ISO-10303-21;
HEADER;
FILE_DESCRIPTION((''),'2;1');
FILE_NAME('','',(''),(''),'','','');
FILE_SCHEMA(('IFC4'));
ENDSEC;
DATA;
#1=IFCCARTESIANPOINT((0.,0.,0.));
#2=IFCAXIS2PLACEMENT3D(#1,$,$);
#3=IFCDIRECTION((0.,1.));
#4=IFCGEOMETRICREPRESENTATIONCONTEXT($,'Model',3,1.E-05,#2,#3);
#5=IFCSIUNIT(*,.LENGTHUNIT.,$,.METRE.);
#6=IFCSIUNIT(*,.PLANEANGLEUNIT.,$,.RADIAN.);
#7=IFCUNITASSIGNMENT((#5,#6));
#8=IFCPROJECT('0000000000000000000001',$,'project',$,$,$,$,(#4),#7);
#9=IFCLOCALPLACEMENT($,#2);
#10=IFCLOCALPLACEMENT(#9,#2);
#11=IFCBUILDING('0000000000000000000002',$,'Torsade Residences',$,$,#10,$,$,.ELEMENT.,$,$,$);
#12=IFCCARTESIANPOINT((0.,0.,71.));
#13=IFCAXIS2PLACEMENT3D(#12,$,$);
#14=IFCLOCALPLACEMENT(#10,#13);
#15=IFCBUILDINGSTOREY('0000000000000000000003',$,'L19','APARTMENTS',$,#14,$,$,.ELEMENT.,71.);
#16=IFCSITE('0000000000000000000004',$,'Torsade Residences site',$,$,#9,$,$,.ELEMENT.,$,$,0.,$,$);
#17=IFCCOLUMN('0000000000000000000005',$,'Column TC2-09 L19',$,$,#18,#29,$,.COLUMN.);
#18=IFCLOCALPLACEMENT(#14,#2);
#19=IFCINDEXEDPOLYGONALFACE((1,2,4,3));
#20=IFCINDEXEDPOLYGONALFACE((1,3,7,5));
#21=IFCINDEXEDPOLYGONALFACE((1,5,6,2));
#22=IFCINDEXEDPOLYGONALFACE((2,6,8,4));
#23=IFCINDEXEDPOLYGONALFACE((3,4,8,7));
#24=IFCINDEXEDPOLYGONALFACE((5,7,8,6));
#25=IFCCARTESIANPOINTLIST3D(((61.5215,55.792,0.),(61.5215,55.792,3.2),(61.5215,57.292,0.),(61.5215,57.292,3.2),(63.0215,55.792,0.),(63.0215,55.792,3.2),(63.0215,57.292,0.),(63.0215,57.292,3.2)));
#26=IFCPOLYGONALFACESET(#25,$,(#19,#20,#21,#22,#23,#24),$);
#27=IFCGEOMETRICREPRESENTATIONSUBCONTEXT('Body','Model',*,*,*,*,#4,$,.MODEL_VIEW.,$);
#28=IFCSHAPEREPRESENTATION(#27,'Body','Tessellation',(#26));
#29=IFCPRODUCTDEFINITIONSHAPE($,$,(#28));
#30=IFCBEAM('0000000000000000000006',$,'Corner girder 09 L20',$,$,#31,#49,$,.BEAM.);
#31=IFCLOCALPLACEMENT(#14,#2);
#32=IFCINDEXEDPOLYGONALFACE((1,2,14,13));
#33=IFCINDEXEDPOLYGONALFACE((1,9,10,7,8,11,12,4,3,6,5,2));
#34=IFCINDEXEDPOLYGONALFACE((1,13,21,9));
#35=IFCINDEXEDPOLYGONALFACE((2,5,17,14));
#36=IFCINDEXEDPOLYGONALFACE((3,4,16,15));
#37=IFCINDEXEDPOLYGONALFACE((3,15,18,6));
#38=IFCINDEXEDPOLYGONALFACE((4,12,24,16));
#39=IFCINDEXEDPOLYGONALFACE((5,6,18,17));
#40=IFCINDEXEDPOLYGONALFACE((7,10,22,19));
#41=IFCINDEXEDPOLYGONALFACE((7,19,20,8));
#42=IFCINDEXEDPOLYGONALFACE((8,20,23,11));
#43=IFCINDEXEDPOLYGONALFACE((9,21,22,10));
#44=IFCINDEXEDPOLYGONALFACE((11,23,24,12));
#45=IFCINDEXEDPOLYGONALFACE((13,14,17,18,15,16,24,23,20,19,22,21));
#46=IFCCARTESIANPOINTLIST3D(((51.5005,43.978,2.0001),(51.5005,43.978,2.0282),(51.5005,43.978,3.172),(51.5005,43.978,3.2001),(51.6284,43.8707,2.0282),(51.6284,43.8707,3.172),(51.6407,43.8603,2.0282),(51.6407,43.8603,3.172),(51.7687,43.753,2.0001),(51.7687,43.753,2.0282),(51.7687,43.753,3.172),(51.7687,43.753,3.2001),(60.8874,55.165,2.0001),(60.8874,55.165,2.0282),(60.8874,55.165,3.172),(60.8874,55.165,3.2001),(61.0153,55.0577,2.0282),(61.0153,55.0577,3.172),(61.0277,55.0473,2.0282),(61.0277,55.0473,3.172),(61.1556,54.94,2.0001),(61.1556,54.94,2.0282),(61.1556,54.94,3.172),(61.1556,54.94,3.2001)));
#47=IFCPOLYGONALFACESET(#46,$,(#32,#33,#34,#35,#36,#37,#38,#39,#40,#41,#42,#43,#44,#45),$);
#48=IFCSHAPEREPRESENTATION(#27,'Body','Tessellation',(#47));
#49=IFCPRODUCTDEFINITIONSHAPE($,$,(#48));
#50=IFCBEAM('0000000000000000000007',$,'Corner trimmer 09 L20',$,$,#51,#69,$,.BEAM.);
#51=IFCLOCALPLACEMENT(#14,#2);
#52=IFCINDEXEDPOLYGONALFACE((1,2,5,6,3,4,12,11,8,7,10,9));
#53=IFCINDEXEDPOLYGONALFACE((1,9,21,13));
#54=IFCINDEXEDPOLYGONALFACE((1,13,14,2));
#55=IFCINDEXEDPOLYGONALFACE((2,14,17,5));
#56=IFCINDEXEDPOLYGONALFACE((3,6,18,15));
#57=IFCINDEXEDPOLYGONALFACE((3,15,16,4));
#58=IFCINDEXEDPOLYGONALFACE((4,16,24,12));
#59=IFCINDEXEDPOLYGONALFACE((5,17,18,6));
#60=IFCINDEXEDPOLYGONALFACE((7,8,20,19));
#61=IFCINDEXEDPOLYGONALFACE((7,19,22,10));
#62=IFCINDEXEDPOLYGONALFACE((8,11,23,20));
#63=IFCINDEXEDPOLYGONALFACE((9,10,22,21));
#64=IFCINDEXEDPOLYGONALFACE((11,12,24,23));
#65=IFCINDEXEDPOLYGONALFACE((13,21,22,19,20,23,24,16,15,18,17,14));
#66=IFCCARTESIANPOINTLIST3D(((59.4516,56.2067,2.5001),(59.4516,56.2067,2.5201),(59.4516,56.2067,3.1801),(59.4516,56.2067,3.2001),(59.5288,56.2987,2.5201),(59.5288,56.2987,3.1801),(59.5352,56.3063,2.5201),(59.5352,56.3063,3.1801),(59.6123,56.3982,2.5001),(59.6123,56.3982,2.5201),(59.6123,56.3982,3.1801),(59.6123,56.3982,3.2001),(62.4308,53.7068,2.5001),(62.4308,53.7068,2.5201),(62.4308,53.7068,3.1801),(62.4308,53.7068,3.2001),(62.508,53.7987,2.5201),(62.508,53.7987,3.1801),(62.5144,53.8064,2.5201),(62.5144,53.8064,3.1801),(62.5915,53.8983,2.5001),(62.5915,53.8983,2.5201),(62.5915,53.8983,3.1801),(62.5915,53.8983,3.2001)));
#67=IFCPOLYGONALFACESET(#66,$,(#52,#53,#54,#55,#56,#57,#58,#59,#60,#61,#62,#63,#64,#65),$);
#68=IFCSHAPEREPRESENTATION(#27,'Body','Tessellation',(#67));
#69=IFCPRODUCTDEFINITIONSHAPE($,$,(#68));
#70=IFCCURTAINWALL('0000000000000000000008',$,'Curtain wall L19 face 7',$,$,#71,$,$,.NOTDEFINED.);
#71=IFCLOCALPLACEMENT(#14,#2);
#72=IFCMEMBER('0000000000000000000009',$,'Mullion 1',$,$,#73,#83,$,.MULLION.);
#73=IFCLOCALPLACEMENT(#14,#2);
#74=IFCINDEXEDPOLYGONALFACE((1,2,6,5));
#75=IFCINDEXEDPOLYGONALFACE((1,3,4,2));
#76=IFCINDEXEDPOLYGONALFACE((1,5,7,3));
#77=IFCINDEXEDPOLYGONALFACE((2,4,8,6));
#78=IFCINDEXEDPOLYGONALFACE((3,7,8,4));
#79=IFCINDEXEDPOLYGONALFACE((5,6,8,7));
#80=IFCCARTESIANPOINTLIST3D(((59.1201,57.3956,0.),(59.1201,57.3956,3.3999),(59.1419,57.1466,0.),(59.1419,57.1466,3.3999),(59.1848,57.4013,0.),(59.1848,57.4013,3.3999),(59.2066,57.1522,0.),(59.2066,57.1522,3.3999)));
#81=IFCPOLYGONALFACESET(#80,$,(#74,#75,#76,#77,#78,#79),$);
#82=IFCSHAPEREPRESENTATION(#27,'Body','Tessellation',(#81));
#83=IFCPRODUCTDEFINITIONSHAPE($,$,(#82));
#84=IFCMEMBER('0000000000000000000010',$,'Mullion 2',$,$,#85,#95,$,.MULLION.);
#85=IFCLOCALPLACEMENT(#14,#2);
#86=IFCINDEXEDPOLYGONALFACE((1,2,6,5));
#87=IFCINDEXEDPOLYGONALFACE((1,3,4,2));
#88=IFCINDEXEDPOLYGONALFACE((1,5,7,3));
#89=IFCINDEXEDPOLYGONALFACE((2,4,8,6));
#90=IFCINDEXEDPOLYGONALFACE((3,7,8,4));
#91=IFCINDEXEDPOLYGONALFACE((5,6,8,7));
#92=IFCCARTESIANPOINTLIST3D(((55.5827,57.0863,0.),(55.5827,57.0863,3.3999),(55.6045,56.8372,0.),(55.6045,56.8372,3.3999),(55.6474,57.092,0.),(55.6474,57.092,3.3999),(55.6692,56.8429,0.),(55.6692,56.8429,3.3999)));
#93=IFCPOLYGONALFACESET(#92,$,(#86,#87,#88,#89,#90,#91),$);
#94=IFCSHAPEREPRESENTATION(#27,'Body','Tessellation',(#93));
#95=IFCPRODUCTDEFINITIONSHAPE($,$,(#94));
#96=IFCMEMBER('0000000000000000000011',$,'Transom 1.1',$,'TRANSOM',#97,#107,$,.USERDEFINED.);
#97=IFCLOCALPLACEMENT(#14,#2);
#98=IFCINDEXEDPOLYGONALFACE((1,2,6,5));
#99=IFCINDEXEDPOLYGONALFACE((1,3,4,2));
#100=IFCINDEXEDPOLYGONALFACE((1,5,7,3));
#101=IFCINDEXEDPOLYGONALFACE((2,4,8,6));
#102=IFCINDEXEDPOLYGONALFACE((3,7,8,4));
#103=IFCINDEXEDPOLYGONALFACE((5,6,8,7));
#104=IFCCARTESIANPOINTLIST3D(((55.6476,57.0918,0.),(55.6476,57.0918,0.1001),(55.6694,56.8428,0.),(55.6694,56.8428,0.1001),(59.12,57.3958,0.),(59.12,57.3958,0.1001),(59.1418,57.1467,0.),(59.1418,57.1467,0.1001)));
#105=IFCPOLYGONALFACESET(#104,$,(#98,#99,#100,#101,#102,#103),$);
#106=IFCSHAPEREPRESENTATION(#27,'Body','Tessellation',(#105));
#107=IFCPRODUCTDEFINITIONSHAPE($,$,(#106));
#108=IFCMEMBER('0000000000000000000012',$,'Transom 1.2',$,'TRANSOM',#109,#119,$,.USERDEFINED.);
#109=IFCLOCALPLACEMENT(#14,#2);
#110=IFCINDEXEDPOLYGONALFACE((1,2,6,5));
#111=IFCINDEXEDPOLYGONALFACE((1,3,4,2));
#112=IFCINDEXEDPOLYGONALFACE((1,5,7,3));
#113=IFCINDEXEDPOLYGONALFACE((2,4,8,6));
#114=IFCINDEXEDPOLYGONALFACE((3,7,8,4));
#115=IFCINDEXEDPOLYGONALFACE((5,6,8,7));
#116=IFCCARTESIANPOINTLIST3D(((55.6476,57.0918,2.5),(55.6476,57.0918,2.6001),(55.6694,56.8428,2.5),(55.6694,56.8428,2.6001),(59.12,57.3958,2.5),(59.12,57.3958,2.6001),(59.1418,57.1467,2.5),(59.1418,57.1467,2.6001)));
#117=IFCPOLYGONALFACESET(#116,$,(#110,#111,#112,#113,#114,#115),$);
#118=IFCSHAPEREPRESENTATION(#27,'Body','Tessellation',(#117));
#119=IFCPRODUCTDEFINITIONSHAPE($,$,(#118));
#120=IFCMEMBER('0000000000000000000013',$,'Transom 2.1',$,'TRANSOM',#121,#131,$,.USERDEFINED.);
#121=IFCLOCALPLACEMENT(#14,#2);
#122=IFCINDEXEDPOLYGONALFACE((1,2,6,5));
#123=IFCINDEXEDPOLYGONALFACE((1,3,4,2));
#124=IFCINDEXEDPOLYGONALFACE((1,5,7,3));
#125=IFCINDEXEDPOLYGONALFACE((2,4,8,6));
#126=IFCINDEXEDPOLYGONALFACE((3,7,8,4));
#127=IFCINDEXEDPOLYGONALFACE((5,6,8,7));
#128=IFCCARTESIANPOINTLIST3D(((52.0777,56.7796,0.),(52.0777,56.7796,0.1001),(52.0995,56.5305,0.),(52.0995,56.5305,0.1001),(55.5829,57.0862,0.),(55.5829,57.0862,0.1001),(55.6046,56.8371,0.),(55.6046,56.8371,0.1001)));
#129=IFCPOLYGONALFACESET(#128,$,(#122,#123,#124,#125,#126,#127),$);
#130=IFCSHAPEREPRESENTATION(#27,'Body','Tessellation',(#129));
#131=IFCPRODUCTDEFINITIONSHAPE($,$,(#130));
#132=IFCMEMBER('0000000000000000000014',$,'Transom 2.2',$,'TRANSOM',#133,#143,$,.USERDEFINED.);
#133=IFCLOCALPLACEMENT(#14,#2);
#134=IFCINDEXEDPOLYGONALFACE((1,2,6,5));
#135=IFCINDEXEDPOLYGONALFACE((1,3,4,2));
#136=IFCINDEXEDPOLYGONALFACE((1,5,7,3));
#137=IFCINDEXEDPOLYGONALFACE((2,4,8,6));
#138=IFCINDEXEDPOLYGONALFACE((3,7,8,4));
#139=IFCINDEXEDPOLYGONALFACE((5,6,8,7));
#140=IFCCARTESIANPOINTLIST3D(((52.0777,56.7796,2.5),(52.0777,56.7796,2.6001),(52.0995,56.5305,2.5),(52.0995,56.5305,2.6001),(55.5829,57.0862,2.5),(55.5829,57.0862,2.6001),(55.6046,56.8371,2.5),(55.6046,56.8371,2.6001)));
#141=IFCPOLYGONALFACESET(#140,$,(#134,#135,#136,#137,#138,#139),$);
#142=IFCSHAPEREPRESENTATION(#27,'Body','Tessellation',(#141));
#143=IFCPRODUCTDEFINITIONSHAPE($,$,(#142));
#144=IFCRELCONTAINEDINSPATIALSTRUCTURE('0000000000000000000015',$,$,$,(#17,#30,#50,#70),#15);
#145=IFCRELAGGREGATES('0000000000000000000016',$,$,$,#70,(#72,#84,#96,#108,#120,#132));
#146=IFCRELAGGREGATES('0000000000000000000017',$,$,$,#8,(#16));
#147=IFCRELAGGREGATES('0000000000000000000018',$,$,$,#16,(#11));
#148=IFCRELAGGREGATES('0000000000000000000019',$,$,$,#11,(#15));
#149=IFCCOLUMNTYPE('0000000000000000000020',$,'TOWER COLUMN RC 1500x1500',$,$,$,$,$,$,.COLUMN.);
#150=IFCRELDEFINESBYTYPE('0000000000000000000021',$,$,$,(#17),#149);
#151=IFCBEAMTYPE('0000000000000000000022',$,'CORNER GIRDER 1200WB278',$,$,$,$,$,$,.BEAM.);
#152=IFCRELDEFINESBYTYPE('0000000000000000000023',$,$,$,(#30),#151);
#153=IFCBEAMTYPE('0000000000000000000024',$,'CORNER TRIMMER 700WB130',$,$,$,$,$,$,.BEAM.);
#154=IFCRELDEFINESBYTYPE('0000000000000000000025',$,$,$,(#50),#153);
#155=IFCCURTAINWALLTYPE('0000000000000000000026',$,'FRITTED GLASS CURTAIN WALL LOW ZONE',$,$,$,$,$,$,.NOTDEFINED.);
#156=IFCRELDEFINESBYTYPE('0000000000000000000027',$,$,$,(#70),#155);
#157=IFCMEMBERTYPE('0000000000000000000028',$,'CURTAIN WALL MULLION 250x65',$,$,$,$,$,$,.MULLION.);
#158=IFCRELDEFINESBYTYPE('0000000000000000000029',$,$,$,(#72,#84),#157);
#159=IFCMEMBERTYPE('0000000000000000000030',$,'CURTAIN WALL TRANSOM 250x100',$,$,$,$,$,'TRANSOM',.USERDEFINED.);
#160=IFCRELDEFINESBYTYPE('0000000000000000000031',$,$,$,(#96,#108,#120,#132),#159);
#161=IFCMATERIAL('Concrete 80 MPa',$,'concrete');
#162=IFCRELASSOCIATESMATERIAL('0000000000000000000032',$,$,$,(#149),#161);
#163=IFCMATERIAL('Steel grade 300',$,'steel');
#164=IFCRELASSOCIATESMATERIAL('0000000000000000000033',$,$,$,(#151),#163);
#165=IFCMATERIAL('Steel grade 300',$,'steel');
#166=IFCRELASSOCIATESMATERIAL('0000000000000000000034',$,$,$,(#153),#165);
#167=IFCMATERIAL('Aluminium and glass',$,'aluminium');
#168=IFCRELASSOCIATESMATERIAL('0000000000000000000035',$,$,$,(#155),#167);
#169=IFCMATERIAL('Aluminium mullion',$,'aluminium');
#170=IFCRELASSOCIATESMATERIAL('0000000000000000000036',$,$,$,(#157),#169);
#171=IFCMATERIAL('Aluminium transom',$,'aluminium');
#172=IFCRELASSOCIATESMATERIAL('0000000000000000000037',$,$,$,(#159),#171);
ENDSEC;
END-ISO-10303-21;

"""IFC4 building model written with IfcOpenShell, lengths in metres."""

from ifc_helpers import new_model, si_unit, direction, frame, origin, origin_2d, place, context, subcontext, project, spatial, rectangle, i_section, extrude, material, material_profile, profile_set, type_object, element, aggregate, save


model = new_model("IFC4")

# Units and contexts
model_context = context("Model", 3, precision=1e-05, world=origin(), true_north=direction((0.0, 1.0)))
body_context = subcontext(model_context, "Body", "Model", "MODEL_VIEW")
ifc_project = project(units=[si_unit("LENGTHUNIT", "METRE"), si_unit("PLANEANGLEUNIT", "RADIAN")], contexts=[model_context])

# Site, building, storey
site_placement = place(None, origin())
site = spatial("IfcSite", under=ifc_project, at=site_placement, Name="Torsade Residences site", CompositionType="ELEMENT", RefElevation=0.0)
building_placement = place(site_placement, origin())
building = spatial("IfcBuilding", under=site, at=building_placement, Name="Torsade Residences", CompositionType="ELEMENT")
storey_placement = place(building_placement, frame((0.0, 0.0, 71.0)))
storey = spatial("IfcBuildingStorey", under=building, at=storey_placement, Name="L19", Description="APARTMENTS", CompositionType="ELEMENT", Elevation=71.0)

# Column
ifc_material_1 = material(Name="Concrete 80 MPa", Category="concrete")
ifc_material_profile_1 = material_profile(ifc_material_1, rectangle(XDim=1.5, YDim=1.5, at=origin_2d()), Name="RC 1500x1500")
ifc_profile_set_1 = profile_set([ifc_material_profile_1], Name="Concrete 80 MPa")
column_type = type_object("IfcColumnType", Name="TOWER COLUMN RC 1500x1500", PredefinedType="COLUMN", material=ifc_profile_set_1)
column_placement = place(storey_placement, frame((62.2715, 56.542, 0.0), z_axis=(0.0, 0.0, 1.0), x_axis=(1.0, 0.0, 0.0)))
element("IfcColumn", 1, at=column_placement, inside=storey, type_object=column_type, Name="Column TC2-09 L19", PredefinedType="COLUMN", context=body_context, shape_type="SweptSolid", body=[
    extrude(rectangle(XDim=1.5, YDim=1.5, at=origin_2d()), origin(), (0.0, 0.0, 1.0), 3.2),
])

# Beams
ifc_material_2 = material(Name="Steel grade 300", Category="steel")
ifc_material_profile_2 = material_profile(ifc_material_2, i_section(OverallWidth=0.3501, OverallDepth=1.2, WebThickness=0.0161, FlangeThickness=0.0281, at=origin_2d()), Name="1200WB278")
ifc_profile_set_2 = profile_set([ifc_material_profile_2], Name="Steel grade 300")
beam_type_1 = type_object("IfcBeamType", Name="CORNER GIRDER 1200WB278", PredefinedType="BEAM", material=ifc_profile_set_2)
beam_1_placement = place(storey_placement, frame((61.0215, 55.0525, 2.6001), z_axis=(-0.642785, -0.766046, 0.0), x_axis=(0.766046, -0.642785, 0.0)))
element("IfcBeam", 2, at=beam_1_placement, inside=storey, type_object=beam_type_1, Name="Corner girder 09 L20", PredefinedType="BEAM", context=body_context, shape_type="SweptSolid", body=[
    extrude(i_section(OverallWidth=0.3501, OverallDepth=1.2, WebThickness=0.0161, FlangeThickness=0.0281, at=origin_2d()), origin(), (0.0, 0.0, 1.0), 14.6035),
])
ifc_material_3 = material(Name="Steel grade 300", Category="steel")
ifc_material_profile_3 = material_profile(ifc_material_3, i_section(OverallWidth=0.25, OverallDepth=0.7, WebThickness=0.01, FlangeThickness=0.02, at=origin_2d()), Name="700WB130")
ifc_profile_set_3 = profile_set([ifc_material_profile_3], Name="Steel grade 300")
beam_type_2 = type_object("IfcBeamType", Name="CORNER TRIMMER 700WB130", PredefinedType="BEAM", material=ifc_profile_set_3)
beam_2_placement = place(storey_placement, frame((59.532, 56.3025, 2.8501), z_axis=(0.76603, -0.642805, 0.0), x_axis=(0.642805, 0.76603, 0.0)))
element("IfcBeam", 3, at=beam_2_placement, inside=storey, type_object=beam_type_2, Name="Corner trimmer 09 L20", PredefinedType="BEAM", context=body_context, shape_type="SweptSolid", body=[
    extrude(i_section(OverallWidth=0.25, OverallDepth=0.7, WebThickness=0.01, FlangeThickness=0.02, at=origin_2d()), origin(), (0.0, 0.0, 1.0), 3.8892),
])

# Curtain wall, members
ifc_material_4 = material(Name="Aluminium and glass", Category="aluminium")
curtain_wall_type = type_object("IfcCurtainWallType", Name="FRITTED GLASS CURTAIN WALL LOW ZONE", PredefinedType="NOTDEFINED", material=ifc_material_4)
curtain_wall_placement = place(storey_placement, origin())
curtain_wall = element("IfcCurtainWall", 4, at=curtain_wall_placement, inside=storey, type_object=curtain_wall_type, Name="Curtain wall L19 face 7", PredefinedType="NOTDEFINED")
ifc_material_5 = material(Name="Aluminium mullion", Category="aluminium")
ifc_material_profile_4 = material_profile(ifc_material_5, rectangle(XDim=0.25, YDim=0.0649, at=origin_2d()), Name="CURTAIN WALL MULLION 250x65")
ifc_profile_set_4 = profile_set([ifc_material_profile_4], Name="Aluminium mullion")
member_type_1 = type_object("IfcMemberType", Name="CURTAIN WALL MULLION 250x65", PredefinedType="MULLION", material=ifc_profile_set_4)
member_1_placement = place(storey_placement, frame((59.1633, 57.2739, 0.0), z_axis=(0.0, 0.0, 1.0), x_axis=(0.087156, -0.996195, 0.0)))
member_1 = element("IfcMember", 5, at=member_1_placement, type_object=member_type_1, Name="Mullion 1", PredefinedType="MULLION", context=body_context, shape_type="SweptSolid", body=[
    extrude(rectangle(XDim=0.25, YDim=0.0649, at=origin_2d()), origin(), (0.0, 0.0, 1.0), 3.3999),
])
member_2_placement = place(storey_placement, frame((55.626, 56.9646, 0.0), z_axis=(0.0, 0.0, 1.0), x_axis=(0.087156, -0.996195, 0.0)))
member_2 = element("IfcMember", 6, at=member_2_placement, type_object=member_type_1, Name="Mullion 2", PredefinedType="MULLION", context=body_context, shape_type="SweptSolid", body=[
    extrude(rectangle(XDim=0.25, YDim=0.0649, at=origin_2d()), origin(), (0.0, 0.0, 1.0), 3.3999),
])
ifc_material_6 = material(Name="Aluminium transom", Category="aluminium")
ifc_material_profile_5 = material_profile(ifc_material_6, rectangle(XDim=0.25, YDim=0.1001, at=origin_2d()), Name="CURTAIN WALL TRANSOM 250x100")
ifc_profile_set_5 = profile_set([ifc_material_profile_5], Name="Aluminium transom")
member_type_2 = type_object("IfcMemberType", Name="CURTAIN WALL TRANSOM 250x100", ElementType="TRANSOM", PredefinedType="USERDEFINED", material=ifc_profile_set_5)
member_3_placement = place(storey_placement, frame((59.1309, 57.2712, 0.05), z_axis=(-0.996191, -0.087201, 0.0), x_axis=(0.087201, -0.996191, 0.0)))
member_3 = element("IfcMember", 7, at=member_3_placement, type_object=member_type_2, Name="Transom 1.1", ObjectType="TRANSOM", PredefinedType="USERDEFINED", context=body_context, shape_type="SweptSolid", body=[
    extrude(rectangle(XDim=0.25, YDim=0.1001, at=origin_2d()), origin(), (0.0, 0.0, 1.0), 3.4856),
])
member_4_placement = place(storey_placement, frame((59.1309, 57.2712, 2.55), z_axis=(-0.996191, -0.087201, 0.0), x_axis=(0.087201, -0.996191, 0.0)))
member_4 = element("IfcMember", 8, at=member_4_placement, type_object=member_type_2, Name="Transom 1.2", ObjectType="TRANSOM", PredefinedType="USERDEFINED", context=body_context, shape_type="SweptSolid", body=[
    extrude(rectangle(XDim=0.25, YDim=0.1001, at=origin_2d()), origin(), (0.0, 0.0, 1.0), 3.4856),
])
member_5_placement = place(storey_placement, frame((55.5938, 56.9617, 0.05), z_axis=(-0.996195, -0.087151, 0.0), x_axis=(0.087151, -0.996195, 0.0)))
member_5 = element("IfcMember", 9, at=member_5_placement, type_object=member_type_2, Name="Transom 2.1", ObjectType="TRANSOM", PredefinedType="USERDEFINED", context=body_context, shape_type="SweptSolid", body=[
    extrude(rectangle(XDim=0.25, YDim=0.1001, at=origin_2d()), origin(), (0.0, 0.0, 1.0), 3.5186),
])
member_6_placement = place(storey_placement, frame((55.5938, 56.9617, 2.55), z_axis=(-0.996195, -0.087151, 0.0), x_axis=(0.087151, -0.996195, 0.0)))
member_6 = element("IfcMember", 10, at=member_6_placement, type_object=member_type_2, Name="Transom 2.2", ObjectType="TRANSOM", PredefinedType="USERDEFINED", context=body_context, shape_type="SweptSolid", body=[
    extrude(rectangle(XDim=0.25, YDim=0.1001, at=origin_2d()), origin(), (0.0, 0.0, 1.0), 3.5186),
])

aggregate(curtain_wall, [member_1, member_2, member_3, member_4, member_5, member_6])

save(model, "model.ifc")
